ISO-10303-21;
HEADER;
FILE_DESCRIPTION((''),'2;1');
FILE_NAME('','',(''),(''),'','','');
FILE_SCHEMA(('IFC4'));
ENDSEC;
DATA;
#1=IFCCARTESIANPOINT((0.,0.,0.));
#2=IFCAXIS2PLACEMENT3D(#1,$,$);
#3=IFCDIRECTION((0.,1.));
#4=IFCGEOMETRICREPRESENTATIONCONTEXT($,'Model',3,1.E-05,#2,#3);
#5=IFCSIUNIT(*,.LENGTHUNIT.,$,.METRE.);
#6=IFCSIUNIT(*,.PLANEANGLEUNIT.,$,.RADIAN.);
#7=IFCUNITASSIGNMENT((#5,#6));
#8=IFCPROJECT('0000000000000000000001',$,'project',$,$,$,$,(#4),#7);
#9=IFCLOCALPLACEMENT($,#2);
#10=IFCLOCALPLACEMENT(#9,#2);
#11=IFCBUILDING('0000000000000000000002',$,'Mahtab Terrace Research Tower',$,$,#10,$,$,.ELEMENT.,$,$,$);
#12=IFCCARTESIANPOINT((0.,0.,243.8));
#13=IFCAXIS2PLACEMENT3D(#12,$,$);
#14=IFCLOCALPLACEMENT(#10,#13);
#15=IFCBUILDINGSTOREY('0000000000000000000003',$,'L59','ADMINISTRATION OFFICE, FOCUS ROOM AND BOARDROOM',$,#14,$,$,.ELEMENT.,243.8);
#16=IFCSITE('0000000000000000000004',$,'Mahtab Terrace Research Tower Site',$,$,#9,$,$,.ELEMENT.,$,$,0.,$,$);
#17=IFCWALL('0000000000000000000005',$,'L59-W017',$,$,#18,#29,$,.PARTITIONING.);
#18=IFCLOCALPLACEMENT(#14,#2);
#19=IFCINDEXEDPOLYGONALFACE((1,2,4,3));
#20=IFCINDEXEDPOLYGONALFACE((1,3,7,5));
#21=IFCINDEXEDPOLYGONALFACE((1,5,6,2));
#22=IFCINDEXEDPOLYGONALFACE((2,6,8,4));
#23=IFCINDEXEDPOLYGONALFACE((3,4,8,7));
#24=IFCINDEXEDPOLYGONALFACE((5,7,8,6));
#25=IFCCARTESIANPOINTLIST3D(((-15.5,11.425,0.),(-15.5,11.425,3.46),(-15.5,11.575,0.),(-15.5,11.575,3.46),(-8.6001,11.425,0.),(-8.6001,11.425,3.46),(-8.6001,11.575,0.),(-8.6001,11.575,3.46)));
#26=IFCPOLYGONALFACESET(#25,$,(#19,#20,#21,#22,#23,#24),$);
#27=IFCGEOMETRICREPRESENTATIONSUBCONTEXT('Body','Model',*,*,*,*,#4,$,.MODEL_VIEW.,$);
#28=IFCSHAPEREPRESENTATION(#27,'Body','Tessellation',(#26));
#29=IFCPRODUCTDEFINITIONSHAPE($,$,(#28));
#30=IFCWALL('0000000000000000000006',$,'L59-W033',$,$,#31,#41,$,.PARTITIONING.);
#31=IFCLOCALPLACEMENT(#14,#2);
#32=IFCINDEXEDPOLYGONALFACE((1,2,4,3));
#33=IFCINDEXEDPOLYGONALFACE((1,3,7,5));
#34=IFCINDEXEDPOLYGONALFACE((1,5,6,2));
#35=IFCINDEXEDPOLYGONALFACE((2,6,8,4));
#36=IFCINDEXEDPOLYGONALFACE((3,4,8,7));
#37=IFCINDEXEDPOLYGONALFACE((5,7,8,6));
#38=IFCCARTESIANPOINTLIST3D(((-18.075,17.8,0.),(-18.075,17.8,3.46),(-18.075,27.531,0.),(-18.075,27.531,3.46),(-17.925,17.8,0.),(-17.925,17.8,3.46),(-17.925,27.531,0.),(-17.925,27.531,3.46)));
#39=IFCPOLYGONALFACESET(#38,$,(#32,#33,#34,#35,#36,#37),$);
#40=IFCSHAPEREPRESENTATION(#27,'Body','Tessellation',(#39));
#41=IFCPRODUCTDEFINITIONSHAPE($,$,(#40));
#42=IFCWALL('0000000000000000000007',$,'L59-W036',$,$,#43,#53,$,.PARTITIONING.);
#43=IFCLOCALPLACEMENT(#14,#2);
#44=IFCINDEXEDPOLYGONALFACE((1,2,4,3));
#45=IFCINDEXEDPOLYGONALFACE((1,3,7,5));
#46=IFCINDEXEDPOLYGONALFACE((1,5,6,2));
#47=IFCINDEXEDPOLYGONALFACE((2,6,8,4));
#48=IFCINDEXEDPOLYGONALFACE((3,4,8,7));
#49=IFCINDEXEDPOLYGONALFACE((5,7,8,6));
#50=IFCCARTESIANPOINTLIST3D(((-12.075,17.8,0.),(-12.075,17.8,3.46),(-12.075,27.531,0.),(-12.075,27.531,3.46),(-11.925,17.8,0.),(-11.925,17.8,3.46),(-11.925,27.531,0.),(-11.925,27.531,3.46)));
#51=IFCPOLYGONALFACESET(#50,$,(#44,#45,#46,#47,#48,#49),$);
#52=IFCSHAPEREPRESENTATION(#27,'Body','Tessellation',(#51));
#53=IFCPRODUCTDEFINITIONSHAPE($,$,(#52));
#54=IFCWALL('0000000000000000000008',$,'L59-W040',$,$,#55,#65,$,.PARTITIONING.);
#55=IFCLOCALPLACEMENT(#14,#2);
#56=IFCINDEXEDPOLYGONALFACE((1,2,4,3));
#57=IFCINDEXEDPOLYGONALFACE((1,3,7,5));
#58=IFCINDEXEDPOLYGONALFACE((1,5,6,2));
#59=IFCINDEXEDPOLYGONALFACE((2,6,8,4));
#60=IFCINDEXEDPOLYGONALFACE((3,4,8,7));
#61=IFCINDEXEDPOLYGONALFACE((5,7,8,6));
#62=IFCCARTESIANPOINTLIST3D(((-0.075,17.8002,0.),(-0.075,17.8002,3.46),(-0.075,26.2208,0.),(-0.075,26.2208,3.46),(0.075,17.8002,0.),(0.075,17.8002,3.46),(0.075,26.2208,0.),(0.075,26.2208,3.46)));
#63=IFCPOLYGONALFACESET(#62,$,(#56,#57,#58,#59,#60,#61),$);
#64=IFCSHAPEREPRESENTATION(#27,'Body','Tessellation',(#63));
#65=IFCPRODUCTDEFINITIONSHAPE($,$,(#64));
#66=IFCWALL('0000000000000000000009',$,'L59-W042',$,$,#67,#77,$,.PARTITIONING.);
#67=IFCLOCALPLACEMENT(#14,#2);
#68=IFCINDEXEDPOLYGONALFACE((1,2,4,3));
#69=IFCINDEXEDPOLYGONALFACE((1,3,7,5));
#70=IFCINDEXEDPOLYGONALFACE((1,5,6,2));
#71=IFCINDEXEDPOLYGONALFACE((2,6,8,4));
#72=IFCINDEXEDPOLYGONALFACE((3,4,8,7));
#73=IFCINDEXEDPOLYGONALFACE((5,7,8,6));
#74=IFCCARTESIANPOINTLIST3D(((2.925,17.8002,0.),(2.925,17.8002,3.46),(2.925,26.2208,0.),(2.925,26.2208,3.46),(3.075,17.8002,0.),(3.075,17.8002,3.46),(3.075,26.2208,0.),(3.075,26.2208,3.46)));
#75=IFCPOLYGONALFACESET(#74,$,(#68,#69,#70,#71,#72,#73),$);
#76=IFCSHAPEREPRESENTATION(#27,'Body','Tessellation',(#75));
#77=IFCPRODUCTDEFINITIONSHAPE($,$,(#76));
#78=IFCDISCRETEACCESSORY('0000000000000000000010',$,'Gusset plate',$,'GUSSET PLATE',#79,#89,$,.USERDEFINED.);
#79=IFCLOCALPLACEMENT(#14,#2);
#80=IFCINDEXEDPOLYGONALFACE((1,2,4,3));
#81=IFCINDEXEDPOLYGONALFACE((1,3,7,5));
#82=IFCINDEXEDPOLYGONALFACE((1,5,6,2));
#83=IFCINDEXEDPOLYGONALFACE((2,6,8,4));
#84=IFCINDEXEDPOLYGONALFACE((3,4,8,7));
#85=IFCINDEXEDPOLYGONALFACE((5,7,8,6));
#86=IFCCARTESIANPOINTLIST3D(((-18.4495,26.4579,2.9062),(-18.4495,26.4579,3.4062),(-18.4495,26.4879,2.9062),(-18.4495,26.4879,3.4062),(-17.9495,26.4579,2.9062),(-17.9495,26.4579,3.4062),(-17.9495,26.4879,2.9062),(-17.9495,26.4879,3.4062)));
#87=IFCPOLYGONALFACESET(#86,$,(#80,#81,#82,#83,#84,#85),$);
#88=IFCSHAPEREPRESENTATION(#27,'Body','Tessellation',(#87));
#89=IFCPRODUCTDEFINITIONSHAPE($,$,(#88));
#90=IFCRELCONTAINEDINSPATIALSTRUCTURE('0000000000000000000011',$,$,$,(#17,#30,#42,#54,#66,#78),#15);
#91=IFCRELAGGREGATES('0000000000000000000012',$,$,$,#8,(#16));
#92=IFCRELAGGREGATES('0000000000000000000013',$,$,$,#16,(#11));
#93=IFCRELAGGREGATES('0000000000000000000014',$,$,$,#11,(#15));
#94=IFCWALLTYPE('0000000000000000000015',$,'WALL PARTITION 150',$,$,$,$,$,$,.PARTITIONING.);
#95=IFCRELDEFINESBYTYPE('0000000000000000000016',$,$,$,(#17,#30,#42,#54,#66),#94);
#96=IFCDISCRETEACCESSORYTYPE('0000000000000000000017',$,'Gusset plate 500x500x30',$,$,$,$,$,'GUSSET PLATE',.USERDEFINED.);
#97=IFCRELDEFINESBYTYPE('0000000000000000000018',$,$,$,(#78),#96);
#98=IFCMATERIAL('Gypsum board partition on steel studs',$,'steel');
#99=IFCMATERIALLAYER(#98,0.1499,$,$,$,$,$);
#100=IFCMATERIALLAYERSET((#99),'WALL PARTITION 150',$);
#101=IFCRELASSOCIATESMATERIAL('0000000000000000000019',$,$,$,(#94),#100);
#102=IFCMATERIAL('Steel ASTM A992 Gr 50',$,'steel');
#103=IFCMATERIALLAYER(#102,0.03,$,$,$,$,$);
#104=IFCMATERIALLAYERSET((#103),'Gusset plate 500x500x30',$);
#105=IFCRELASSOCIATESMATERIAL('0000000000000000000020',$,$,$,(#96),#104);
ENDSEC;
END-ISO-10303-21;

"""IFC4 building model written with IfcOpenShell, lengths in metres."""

from ifc_helpers import new_model, si_unit, direction, frame, frame_2d, origin, origin_2d, place, context, subcontext, project, spatial, rectangle, extrude, material, layer, layer_set, type_object, element, save


model = new_model("IFC4")

# Units and contexts
model_context = context("Model", 3, precision=1e-05, world=origin(), true_north=direction((0.0, 1.0)))
body_context = subcontext(model_context, "Body", "Model", "MODEL_VIEW")
ifc_project = project(units=[si_unit("LENGTHUNIT", "METRE"), si_unit("PLANEANGLEUNIT", "RADIAN")], contexts=[model_context])

# Site, building, storey
site_placement = place(None, origin())
site = spatial("IfcSite", under=ifc_project, at=site_placement, Name="Mahtab Terrace Research Tower Site", CompositionType="ELEMENT", RefElevation=0.0)
building_placement = place(site_placement, origin())
building = spatial("IfcBuilding", under=site, at=building_placement, Name="Mahtab Terrace Research Tower", CompositionType="ELEMENT")
storey_placement = place(building_placement, frame((0.0, 0.0, 243.8)))
storey = spatial("IfcBuildingStorey", under=building, at=storey_placement, Name="L59", Description="ADMINISTRATION OFFICE, FOCUS ROOM AND BOARDROOM", CompositionType="ELEMENT", Elevation=243.8)

# Shared definitions
ifc_material_1 = material(Name="Steel ASTM A992 Gr 50", Category="steel")

# Walls
ifc_material_2 = material(Name="Gypsum board partition on steel studs", Category="steel")
ifc_layer_1 = layer(ifc_material_2, 0.1499)
ifc_layer_set_1 = layer_set([ifc_layer_1], Name="WALL PARTITION 150")
wall_type_1 = type_object("IfcWallType", Name="WALL PARTITION 150", PredefinedType="PARTITIONING", material=ifc_layer_set_1)
wall_1_placement = place(storey_placement, frame((-15.5, 11.5, 0.0), z_axis=(0.0, 0.0, 1.0), x_axis=(1.0, 0.0, 0.0)))
element("IfcWall", 1, at=wall_1_placement, inside=storey, type_object=wall_type_1, Name="L59-W017", PredefinedType="PARTITIONING", context=body_context, shape_type="SweptSolid", body=[
    extrude(rectangle(XDim=6.8999, YDim=0.1499, at=frame_2d((3.45, 0.0))), origin(), (0.0, 0.0, 1.0), 3.46),
])
for number, where, z_axis, x_axis, name in (
    (2, (-18.0, 17.8, 0.0), (0.0, 0.0, 1.0), (0.0, 1.0, 0.0), "L59-W033"),
    (3, (-12.0, 17.8, 0.0), (0.0, 0.0, 1.0), (0.0, 1.0, 0.0), "L59-W036"),
):
    element("IfcWall", number, at=place(storey_placement, frame(where, z_axis=z_axis, x_axis=x_axis)), inside=storey, type_object=wall_type_1, Name=name, PredefinedType="PARTITIONING", context=body_context, shape_type="SweptSolid", body=[
        extrude(rectangle(XDim=9.731, YDim=0.1499, at=frame_2d((4.8655, 0.0))), origin(), (0.0, 0.0, 1.0), 3.46),
    ])
for number, where, z_axis, x_axis, name in (
    (4, (0.0, 17.8, 0.0), (0.0, 0.0, 1.0), (0.0, 1.0, 0.0), "L59-W040"),
    (5, (3.0, 17.8, 0.0), (0.0, 0.0, 1.0), (0.0, 1.0, 0.0), "L59-W042"),
):
    element("IfcWall", number, at=place(storey_placement, frame(where, z_axis=z_axis, x_axis=x_axis)), inside=storey, type_object=wall_type_1, Name=name, PredefinedType="PARTITIONING", context=body_context, shape_type="SweptSolid", body=[
        extrude(rectangle(XDim=8.4207, YDim=0.1499, at=frame_2d((4.2104, 0.0))), origin(), (0.0, 0.0, 1.0), 3.46),
    ])

# Discrete accessory
ifc_layer_2 = layer(ifc_material_1, 0.03)
ifc_layer_set_2 = layer_set([ifc_layer_2], Name="Gusset plate 500x500x30")
discrete_accessory_type = type_object("IfcDiscreteAccessoryType", Name="Gusset plate 500x500x30", ElementType="GUSSET PLATE", PredefinedType="USERDEFINED", material=ifc_layer_set_2)
discrete_accessory_placement = place(storey_placement, frame((-18.1995, 26.4729, 2.9062), z_axis=(0.0, 0.0, 1.0), x_axis=(1.0, 0.0, 0.0)))
element("IfcDiscreteAccessory", 6, at=discrete_accessory_placement, inside=storey, type_object=discrete_accessory_type, Name="Gusset plate", ObjectType="GUSSET PLATE", PredefinedType="USERDEFINED", context=body_context, shape_type="SweptSolid", body=[
    extrude(rectangle(XDim=0.5, YDim=0.03, at=origin_2d()), origin(), (0.0, 0.0, 1.0), 0.5),
])

save(model, "model.ifc")
